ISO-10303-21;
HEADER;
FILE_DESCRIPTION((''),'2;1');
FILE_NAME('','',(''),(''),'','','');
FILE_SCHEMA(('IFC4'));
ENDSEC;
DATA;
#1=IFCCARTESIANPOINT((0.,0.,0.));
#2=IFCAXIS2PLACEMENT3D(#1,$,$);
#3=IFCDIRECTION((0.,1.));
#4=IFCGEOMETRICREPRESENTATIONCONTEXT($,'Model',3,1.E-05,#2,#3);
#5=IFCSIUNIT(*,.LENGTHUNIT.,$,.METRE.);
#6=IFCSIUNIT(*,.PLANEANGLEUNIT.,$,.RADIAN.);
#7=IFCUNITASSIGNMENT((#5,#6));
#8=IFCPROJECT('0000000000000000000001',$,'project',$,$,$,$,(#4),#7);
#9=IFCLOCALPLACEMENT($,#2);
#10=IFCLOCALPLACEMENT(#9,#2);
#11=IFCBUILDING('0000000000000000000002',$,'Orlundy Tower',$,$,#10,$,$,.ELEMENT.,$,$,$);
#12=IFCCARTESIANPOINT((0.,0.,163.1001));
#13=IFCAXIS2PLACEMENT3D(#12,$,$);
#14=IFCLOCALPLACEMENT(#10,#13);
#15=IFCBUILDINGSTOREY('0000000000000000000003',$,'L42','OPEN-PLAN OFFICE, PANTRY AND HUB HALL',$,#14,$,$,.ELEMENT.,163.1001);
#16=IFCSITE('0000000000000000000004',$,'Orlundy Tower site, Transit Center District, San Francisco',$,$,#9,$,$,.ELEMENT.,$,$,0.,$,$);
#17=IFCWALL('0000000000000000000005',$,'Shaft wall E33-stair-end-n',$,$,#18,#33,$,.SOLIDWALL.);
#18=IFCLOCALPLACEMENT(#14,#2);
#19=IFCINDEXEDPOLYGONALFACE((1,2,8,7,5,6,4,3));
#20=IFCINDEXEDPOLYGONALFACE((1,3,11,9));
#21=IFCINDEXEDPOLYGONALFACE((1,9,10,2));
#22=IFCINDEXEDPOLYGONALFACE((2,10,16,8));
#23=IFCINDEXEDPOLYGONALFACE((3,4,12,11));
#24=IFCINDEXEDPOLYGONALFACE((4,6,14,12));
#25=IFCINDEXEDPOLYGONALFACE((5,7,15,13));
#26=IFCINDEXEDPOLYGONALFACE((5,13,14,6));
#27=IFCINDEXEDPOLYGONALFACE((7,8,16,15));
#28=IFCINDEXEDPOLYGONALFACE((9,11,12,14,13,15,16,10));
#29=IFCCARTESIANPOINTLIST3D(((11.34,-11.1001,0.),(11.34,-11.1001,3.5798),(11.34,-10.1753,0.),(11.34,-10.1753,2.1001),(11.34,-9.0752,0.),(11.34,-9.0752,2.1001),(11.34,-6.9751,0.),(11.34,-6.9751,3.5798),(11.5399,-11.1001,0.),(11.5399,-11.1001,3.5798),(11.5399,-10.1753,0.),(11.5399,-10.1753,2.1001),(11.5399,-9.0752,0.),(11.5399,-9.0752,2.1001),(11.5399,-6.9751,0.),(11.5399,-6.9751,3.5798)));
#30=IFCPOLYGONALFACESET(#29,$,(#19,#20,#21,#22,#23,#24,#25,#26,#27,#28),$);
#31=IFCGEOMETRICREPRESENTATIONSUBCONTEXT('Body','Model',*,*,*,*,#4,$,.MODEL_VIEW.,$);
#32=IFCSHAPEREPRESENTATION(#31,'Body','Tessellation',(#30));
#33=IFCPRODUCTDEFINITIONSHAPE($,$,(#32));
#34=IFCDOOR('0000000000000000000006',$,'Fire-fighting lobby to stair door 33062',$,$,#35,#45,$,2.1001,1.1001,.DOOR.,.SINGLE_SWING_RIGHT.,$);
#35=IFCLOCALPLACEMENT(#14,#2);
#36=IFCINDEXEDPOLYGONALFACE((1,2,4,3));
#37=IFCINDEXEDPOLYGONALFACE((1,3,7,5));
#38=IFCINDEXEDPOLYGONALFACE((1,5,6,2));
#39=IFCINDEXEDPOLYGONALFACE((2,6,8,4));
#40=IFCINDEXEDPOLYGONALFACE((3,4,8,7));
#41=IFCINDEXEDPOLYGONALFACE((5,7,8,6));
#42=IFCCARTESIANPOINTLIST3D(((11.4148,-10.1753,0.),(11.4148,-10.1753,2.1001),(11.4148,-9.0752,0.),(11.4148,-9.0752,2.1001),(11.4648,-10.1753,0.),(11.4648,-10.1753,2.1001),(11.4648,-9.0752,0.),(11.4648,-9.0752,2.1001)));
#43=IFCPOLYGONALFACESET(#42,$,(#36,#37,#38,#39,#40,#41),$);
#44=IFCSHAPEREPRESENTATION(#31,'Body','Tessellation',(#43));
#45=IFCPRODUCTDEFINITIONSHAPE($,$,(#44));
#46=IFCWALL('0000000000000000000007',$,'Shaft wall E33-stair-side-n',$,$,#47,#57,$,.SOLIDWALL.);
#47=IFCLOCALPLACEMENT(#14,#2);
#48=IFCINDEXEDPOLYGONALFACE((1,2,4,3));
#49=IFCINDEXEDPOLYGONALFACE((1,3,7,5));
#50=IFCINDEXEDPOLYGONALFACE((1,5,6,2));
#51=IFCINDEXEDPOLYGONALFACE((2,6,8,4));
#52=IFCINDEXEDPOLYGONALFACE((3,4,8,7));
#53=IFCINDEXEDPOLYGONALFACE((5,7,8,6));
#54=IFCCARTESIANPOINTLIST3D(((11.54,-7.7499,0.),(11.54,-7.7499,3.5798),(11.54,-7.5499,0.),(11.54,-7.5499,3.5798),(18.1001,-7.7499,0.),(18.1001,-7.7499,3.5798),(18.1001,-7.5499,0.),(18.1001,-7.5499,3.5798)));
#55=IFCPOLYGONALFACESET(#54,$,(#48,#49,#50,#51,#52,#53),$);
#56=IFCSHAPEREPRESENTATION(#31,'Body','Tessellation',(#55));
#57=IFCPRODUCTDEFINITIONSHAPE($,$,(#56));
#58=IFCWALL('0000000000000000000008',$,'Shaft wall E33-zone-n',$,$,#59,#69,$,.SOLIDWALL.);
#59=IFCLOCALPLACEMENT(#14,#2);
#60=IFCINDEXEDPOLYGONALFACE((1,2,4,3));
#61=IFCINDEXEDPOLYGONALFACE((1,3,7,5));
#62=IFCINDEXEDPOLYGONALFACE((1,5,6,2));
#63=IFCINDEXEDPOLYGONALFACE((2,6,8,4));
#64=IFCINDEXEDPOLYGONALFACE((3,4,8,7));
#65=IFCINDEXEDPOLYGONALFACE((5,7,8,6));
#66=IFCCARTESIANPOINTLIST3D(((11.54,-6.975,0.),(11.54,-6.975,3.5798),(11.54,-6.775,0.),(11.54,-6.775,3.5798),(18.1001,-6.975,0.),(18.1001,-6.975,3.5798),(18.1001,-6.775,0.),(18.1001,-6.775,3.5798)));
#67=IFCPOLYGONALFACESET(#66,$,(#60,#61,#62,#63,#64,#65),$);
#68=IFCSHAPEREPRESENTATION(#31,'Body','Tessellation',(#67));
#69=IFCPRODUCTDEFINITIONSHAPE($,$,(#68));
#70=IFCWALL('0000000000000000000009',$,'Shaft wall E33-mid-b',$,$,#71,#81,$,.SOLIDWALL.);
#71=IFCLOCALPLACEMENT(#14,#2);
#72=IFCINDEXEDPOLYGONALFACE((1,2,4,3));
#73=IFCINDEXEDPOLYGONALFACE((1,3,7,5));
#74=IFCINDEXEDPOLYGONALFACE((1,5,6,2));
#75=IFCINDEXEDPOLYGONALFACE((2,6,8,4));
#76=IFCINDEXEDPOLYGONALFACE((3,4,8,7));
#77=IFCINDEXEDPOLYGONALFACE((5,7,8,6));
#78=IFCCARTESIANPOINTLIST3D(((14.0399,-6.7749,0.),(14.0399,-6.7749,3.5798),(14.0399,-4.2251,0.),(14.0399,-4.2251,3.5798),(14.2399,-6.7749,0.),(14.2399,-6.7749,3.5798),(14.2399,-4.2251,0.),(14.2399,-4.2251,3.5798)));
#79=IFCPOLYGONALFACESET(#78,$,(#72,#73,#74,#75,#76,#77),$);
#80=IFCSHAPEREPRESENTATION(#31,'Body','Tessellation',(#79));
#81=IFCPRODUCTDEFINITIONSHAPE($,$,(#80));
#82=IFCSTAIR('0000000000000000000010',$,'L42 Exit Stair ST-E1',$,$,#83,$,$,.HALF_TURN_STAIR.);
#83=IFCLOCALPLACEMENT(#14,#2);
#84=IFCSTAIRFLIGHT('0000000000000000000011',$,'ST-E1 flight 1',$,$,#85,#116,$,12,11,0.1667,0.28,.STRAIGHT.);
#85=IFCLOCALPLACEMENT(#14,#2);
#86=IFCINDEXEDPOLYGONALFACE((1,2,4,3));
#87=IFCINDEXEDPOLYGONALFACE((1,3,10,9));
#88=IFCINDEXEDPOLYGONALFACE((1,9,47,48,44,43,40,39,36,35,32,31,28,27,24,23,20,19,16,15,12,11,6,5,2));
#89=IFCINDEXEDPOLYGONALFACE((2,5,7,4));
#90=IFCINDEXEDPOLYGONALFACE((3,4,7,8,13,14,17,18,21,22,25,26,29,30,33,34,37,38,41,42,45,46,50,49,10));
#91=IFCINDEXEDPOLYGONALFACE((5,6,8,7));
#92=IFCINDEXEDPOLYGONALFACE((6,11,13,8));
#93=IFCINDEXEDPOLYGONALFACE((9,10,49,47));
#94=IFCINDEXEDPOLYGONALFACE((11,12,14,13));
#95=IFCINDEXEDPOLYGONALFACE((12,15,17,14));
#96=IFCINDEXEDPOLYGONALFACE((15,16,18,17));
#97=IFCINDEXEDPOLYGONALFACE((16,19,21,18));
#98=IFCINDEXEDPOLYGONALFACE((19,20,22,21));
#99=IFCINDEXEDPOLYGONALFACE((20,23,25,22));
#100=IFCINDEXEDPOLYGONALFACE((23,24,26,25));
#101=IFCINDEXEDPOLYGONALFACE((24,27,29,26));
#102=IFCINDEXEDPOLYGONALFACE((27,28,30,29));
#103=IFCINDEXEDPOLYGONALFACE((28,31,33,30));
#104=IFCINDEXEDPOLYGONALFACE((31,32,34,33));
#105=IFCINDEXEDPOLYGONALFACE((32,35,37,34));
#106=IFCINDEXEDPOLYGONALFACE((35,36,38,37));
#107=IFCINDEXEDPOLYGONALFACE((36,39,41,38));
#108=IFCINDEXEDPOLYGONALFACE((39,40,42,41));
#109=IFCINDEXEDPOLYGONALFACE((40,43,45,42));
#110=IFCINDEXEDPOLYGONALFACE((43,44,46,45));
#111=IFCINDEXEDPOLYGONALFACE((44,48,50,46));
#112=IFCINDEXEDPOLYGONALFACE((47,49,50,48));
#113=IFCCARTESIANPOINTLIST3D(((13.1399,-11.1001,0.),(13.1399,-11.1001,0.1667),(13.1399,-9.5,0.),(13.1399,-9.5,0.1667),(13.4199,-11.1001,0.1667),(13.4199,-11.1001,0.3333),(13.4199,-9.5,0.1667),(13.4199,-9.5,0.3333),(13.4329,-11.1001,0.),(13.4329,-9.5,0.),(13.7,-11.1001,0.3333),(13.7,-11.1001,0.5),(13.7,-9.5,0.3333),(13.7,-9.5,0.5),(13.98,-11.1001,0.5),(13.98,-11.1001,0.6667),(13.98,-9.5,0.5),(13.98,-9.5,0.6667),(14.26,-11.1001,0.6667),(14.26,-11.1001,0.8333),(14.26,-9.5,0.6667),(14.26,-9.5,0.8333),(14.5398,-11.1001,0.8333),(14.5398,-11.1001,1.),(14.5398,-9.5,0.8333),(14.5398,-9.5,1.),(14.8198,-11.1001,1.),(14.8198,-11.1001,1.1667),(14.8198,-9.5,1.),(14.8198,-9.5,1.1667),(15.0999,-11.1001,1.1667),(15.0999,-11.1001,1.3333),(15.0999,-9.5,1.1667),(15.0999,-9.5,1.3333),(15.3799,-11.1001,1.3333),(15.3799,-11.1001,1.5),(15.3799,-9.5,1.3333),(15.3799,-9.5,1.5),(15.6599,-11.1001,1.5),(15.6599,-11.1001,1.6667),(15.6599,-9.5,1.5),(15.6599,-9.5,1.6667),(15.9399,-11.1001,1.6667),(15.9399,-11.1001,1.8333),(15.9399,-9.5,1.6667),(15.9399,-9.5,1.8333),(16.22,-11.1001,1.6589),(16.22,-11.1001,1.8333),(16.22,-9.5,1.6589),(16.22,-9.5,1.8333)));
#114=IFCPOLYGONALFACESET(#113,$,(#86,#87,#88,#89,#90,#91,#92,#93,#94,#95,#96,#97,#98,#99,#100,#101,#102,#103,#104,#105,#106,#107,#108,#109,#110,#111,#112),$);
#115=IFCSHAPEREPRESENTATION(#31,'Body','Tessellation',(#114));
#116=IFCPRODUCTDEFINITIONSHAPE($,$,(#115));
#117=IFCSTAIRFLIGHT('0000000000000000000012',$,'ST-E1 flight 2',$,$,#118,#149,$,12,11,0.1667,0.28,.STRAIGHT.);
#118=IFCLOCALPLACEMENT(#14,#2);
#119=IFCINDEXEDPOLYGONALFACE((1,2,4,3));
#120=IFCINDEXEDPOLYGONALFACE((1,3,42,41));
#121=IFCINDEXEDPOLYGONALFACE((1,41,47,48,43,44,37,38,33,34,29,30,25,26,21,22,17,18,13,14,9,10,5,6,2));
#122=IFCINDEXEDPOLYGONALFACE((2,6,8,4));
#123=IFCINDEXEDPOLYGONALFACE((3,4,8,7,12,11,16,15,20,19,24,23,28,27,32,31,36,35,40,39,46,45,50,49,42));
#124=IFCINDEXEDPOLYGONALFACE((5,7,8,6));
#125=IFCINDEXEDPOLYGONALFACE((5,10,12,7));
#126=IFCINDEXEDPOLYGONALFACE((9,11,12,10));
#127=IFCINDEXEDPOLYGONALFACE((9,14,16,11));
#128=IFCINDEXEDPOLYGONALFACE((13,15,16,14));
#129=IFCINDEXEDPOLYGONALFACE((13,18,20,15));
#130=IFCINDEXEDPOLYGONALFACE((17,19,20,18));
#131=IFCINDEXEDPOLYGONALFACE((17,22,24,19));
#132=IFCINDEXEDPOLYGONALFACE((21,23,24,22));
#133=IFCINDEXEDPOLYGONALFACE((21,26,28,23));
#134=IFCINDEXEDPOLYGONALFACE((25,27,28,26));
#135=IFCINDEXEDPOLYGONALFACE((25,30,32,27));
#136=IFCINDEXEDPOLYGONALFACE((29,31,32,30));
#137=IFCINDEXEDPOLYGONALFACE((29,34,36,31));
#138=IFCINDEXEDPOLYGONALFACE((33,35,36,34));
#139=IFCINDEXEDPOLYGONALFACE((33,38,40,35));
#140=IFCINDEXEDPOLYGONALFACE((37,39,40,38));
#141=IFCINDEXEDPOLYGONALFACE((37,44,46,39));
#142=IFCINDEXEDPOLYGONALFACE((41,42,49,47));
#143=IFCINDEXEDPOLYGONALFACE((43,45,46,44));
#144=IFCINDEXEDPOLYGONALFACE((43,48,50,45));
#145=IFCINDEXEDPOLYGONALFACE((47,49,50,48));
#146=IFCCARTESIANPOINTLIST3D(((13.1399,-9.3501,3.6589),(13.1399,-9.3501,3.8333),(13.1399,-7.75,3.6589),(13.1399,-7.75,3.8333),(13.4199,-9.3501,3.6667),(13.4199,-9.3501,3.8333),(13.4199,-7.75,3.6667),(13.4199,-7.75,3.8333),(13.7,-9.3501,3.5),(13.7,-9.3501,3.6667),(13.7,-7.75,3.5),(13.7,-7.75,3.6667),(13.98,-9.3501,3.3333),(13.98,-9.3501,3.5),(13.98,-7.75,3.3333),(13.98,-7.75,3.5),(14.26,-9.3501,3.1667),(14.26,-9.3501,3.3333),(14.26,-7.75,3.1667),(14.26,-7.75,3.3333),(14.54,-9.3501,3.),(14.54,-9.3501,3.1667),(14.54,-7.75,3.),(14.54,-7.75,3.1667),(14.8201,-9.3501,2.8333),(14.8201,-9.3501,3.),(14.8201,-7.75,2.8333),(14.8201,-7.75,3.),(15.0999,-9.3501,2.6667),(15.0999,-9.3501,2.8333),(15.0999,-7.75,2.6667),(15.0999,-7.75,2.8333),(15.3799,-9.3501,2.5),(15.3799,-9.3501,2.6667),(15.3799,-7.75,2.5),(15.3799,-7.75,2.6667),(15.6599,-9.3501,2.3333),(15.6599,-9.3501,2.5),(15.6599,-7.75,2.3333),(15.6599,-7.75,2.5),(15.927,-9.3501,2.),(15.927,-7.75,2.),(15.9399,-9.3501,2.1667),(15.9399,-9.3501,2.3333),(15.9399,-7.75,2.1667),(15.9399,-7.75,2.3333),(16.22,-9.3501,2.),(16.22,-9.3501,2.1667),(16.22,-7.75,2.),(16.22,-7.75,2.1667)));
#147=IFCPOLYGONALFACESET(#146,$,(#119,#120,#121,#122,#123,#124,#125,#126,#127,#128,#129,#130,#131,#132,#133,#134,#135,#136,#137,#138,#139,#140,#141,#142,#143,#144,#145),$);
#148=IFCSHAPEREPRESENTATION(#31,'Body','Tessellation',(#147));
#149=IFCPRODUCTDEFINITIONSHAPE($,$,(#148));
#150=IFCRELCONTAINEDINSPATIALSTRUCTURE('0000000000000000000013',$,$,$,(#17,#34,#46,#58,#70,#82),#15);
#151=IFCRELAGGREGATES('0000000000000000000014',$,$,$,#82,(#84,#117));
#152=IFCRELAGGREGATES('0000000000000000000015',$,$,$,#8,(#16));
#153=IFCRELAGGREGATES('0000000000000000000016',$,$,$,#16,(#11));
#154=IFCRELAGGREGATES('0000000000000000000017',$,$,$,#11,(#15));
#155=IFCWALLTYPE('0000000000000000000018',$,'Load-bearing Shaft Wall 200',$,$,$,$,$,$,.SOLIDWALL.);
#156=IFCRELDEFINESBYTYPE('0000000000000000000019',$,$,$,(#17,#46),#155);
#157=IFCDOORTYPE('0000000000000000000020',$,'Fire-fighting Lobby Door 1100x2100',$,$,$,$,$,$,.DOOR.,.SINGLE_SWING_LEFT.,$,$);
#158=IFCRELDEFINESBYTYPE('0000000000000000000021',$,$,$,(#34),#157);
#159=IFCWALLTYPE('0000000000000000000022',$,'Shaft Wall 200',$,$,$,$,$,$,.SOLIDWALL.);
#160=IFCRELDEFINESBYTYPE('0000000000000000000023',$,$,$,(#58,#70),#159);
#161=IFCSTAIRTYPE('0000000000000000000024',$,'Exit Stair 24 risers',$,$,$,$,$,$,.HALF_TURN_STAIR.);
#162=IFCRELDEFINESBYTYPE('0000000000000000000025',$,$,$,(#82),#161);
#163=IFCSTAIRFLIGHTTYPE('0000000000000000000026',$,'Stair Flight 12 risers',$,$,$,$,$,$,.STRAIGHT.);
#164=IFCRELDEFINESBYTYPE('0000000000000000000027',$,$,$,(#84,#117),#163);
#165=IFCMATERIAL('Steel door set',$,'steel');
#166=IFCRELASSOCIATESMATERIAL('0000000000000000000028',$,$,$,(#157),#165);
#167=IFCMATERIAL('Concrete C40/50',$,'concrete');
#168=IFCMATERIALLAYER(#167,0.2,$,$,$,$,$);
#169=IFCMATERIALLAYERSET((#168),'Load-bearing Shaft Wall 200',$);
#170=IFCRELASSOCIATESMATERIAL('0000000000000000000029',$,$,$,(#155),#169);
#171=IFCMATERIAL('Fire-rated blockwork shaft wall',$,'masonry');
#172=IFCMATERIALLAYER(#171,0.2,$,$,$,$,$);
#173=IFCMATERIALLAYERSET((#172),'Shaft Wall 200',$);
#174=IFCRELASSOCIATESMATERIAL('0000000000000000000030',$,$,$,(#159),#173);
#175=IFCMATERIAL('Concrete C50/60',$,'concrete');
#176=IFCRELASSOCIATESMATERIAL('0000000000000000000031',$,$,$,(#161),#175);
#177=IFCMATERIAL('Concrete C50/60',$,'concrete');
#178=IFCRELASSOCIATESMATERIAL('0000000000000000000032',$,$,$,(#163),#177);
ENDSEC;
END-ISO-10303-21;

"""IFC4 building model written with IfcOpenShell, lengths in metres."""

from ifc_helpers import new_model, si_unit, direction, frame, frame_2d, origin, place, context, subcontext, project, spatial, polyline, rectangle, outline, extrude, material, layer, layer_set, type_object, element, fill, aggregate, save


model = new_model("IFC4")

# Units and contexts
model_context = context("Model", 3, precision=1e-05, world=origin(), true_north=direction((0.0, 1.0)))
body_context = subcontext(model_context, "Body", "Model", "MODEL_VIEW")
ifc_project = project(units=[si_unit("LENGTHUNIT", "METRE"), si_unit("PLANEANGLEUNIT", "RADIAN")], contexts=[model_context])

# Site, building, storey
site_placement = place(None, origin())
site = spatial("IfcSite", under=ifc_project, at=site_placement, Name="Orlundy Tower site, Transit Center District, San Francisco", CompositionType="ELEMENT", RefElevation=0.0)
building_placement = place(site_placement, origin())
building = spatial("IfcBuilding", under=site, at=building_placement, Name="Orlundy Tower", CompositionType="ELEMENT")
storey_placement = place(building_placement, frame((0.0, 0.0, 163.1001)))
storey = spatial("IfcBuildingStorey", under=building, at=storey_placement, Name="L42", Description="OPEN-PLAN OFFICE, PANTRY AND HUB HALL", CompositionType="ELEMENT", Elevation=163.1001)

# Shared definitions
ifc_material_1 = material(Name="Steel door set", Category="steel")
door_type_1 = type_object("IfcDoorType", Name="Fire-fighting Lobby Door 1100x2100", OperationType="SINGLE_SWING_LEFT", PredefinedType="DOOR", material=ifc_material_1)

# Wall, opening, door
ifc_material_2 = material(Name="Concrete C40/50", Category="concrete")
ifc_layer_1 = layer(ifc_material_2, 0.2)
ifc_layer_set_1 = layer_set([ifc_layer_1], Name="Load-bearing Shaft Wall 200")
wall_type_1 = type_object("IfcWallType", Name="Load-bearing Shaft Wall 200", PredefinedType="SOLIDWALL", material=ifc_layer_set_1)
wall_1_placement = place(storey_placement, frame((11.4399, -6.9751, 0.0), z_axis=(0.0, 0.0, 1.0), x_axis=(0.0, -1.0, 0.0)))
wall_1 = element("IfcWall", 1, at=wall_1_placement, inside=storey, type_object=wall_type_1, Name="Shaft wall E33-stair-end-n", PredefinedType="SOLIDWALL", context=body_context, shape_type="SweptSolid", body=[
    extrude(rectangle(XDim=4.125, YDim=0.2, at=frame_2d((2.0625, 0.0))), origin(), (0.0, 0.0, 1.0), 3.5798),
])
opening_1_placement = place(wall_1_placement, frame((2.1001, 0.0, 0.0)))
opening_1 = element("IfcOpeningElement", 2, at=opening_1_placement, cuts=wall_1, PredefinedType="OPENING", context=body_context, shape_type="SweptSolid", body=[
    extrude(rectangle(XDim=1.1001, YDim=2.1001, at=frame_2d((0.55, 1.05))), frame((0.0, 0.1101, 0.0), z_axis=(0.0, -1.0, 0.0), x_axis=(1.0, 0.0, 0.0)), (0.0, 0.0, 1.0), 0.2202),
])
door_1_placement = place(opening_1_placement, origin())
door_1 = element("IfcDoor", 3, at=door_1_placement, inside=storey, type_object=door_type_1, Name="Fire-fighting lobby to stair door 33062", OperationType="SINGLE_SWING_RIGHT", OverallHeight=2.1001, OverallWidth=1.1001, PredefinedType="DOOR", context=body_context, shape_type="SweptSolid", body=[
    extrude(rectangle(XDim=1.1001, YDim=2.1001, at=frame_2d((0.55, 1.05))), frame((0.0, 0.0249, 0.0), z_axis=(0.0, -1.0, 0.0), x_axis=(1.0, 0.0, 0.0)), (0.0, 0.0, 1.0), 0.05),
])
fill(opening_1, door_1)

# Walls
wall_2_placement = place(storey_placement, frame((11.54, -7.6499, 0.0), z_axis=(0.0, 0.0, 1.0), x_axis=(1.0, 0.0, 0.0)))
element("IfcWall", 4, at=wall_2_placement, inside=storey, type_object=wall_type_1, Name="Shaft wall E33-stair-side-n", PredefinedType="SOLIDWALL", context=body_context, shape_type="SweptSolid", body=[
    extrude(rectangle(XDim=6.5601, YDim=0.2, at=frame_2d((3.28, 0.0))), origin(), (0.0, 0.0, 1.0), 3.5798),
])
ifc_material_3 = material(Name="Fire-rated blockwork shaft wall", Category="masonry")
ifc_layer_2 = layer(ifc_material_3, 0.2)
ifc_layer_set_2 = layer_set([ifc_layer_2], Name="Shaft Wall 200")
wall_type_2 = type_object("IfcWallType", Name="Shaft Wall 200", PredefinedType="SOLIDWALL", material=ifc_layer_set_2)
wall_3_placement = place(storey_placement, frame((11.54, -6.875, 0.0), z_axis=(0.0, 0.0, 1.0), x_axis=(1.0, 0.0, 0.0)))
element("IfcWall", 5, at=wall_3_placement, inside=storey, type_object=wall_type_2, Name="Shaft wall E33-zone-n", PredefinedType="SOLIDWALL", context=body_context, shape_type="SweptSolid", body=[
    extrude(rectangle(XDim=6.5601, YDim=0.2, at=frame_2d((3.28, 0.0))), origin(), (0.0, 0.0, 1.0), 3.5798),
])
wall_4_placement = place(storey_placement, frame((14.1399, -4.2251, 0.0), z_axis=(0.0, 0.0, 1.0), x_axis=(0.0, -1.0, 0.0)))
element("IfcWall", 6, at=wall_4_placement, inside=storey, type_object=wall_type_2, Name="Shaft wall E33-mid-b", PredefinedType="SOLIDWALL", context=body_context, shape_type="SweptSolid", body=[
    extrude(rectangle(XDim=2.5498, YDim=0.2, at=frame_2d((1.2749, 0.0))), origin(), (0.0, 0.0, 1.0), 3.5798),
])

# Stair, stair flights
ifc_material_4 = material(Name="Concrete C50/60", Category="concrete")
stair_type = type_object("IfcStairType", Name="Exit Stair 24 risers", PredefinedType="HALF_TURN_STAIR", material=ifc_material_4)
stair_placement = place(storey_placement, origin())
stair = element("IfcStair", 7, at=stair_placement, inside=storey, type_object=stair_type, Name="L42 Exit Stair ST-E1", PredefinedType="HALF_TURN_STAIR")
ifc_material_5 = material(Name="Concrete C50/60", Category="concrete")
stair_flight_type = type_object("IfcStairFlightType", Name="Stair Flight 12 risers", PredefinedType="STRAIGHT", material=ifc_material_5)
stair_flight_1_placement = place(storey_placement, frame((13.1399, -10.3, 0.0), z_axis=(0.0, 0.0, 1.0), x_axis=(1.0, 0.0, 0.0)))
stair_flight_1 = element("IfcStairFlight", 8, at=stair_flight_1_placement, type_object=stair_flight_type, Name="ST-E1 flight 1", NumberOfRisers=12, NumberOfTreads=11, PredefinedType="STRAIGHT", RiserHeight=0.1667, TreadLength=0.28, context=body_context, shape_type="SweptSolid", body=[
    extrude(outline(polyline([(0.0, 0.0), (0.0, 0.1667), (0.28, 0.1667), (0.28, 0.3333), (0.5601, 0.3333), (0.5601, 0.5), (0.8401, 0.5), (0.8401, 0.6667), (1.1201, 0.6667), (1.1201, 0.8333), (1.3999, 0.8333), (1.3999, 1.0), (1.6799, 1.0), (1.6799, 1.1667), (1.96, 1.1667), (1.96, 1.3333), (2.24, 1.3333), (2.24, 1.5), (2.52, 1.5), (2.52, 1.6667), (2.8, 1.6667), (2.8, 1.8333), (3.0801, 1.8333), (3.0801, 2.0), (3.0801, 1.6589), (0.293, 0.0), (0.0, 0.0)])), frame((0.0, 0.8, 0.0), z_axis=(0.0, -1.0, 0.0), x_axis=(1.0, 0.0, 0.0)), (0.0, 0.0, 1.0), 1.6001),
])
stair_flight_2_placement = place(storey_placement, frame((16.22, -8.55, 2.0), z_axis=(0.0, 0.0, 1.0), x_axis=(-1.0, 0.0, 0.0)))
stair_flight_2 = element("IfcStairFlight", 9, at=stair_flight_2_placement, type_object=stair_flight_type, Name="ST-E1 flight 2", NumberOfRisers=12, NumberOfTreads=11, PredefinedType="STRAIGHT", RiserHeight=0.1667, TreadLength=0.28, context=body_context, shape_type="SweptSolid", body=[
    extrude(outline(polyline([(0.0, 0.0), (0.0, 0.1667), (0.28, 0.1667), (0.28, 0.3333), (0.5601, 0.3333), (0.5601, 0.5), (0.8401, 0.5), (0.8401, 0.6667), (1.1201, 0.6667), (1.1201, 0.8333), (1.3999, 0.8333), (1.3999, 1.0), (1.6799, 1.0), (1.6799, 1.1667), (1.96, 1.1667), (1.96, 1.3333), (2.24, 1.3333), (2.24, 1.5), (2.52, 1.5), (2.52, 1.6667), (2.8, 1.6667), (2.8, 1.8333), (3.0801, 1.8333), (3.0801, 2.0), (3.0801, 1.6589), (0.293, 0.0), (0.0, 0.0)])), frame((0.0, 0.8, 0.0), z_axis=(0.0, -1.0, 0.0), x_axis=(1.0, 0.0, 0.0)), (0.0, 0.0, 1.0), 1.6001),
])
aggregate(stair, [stair_flight_1, stair_flight_2])

save(model, "model.ifc")
